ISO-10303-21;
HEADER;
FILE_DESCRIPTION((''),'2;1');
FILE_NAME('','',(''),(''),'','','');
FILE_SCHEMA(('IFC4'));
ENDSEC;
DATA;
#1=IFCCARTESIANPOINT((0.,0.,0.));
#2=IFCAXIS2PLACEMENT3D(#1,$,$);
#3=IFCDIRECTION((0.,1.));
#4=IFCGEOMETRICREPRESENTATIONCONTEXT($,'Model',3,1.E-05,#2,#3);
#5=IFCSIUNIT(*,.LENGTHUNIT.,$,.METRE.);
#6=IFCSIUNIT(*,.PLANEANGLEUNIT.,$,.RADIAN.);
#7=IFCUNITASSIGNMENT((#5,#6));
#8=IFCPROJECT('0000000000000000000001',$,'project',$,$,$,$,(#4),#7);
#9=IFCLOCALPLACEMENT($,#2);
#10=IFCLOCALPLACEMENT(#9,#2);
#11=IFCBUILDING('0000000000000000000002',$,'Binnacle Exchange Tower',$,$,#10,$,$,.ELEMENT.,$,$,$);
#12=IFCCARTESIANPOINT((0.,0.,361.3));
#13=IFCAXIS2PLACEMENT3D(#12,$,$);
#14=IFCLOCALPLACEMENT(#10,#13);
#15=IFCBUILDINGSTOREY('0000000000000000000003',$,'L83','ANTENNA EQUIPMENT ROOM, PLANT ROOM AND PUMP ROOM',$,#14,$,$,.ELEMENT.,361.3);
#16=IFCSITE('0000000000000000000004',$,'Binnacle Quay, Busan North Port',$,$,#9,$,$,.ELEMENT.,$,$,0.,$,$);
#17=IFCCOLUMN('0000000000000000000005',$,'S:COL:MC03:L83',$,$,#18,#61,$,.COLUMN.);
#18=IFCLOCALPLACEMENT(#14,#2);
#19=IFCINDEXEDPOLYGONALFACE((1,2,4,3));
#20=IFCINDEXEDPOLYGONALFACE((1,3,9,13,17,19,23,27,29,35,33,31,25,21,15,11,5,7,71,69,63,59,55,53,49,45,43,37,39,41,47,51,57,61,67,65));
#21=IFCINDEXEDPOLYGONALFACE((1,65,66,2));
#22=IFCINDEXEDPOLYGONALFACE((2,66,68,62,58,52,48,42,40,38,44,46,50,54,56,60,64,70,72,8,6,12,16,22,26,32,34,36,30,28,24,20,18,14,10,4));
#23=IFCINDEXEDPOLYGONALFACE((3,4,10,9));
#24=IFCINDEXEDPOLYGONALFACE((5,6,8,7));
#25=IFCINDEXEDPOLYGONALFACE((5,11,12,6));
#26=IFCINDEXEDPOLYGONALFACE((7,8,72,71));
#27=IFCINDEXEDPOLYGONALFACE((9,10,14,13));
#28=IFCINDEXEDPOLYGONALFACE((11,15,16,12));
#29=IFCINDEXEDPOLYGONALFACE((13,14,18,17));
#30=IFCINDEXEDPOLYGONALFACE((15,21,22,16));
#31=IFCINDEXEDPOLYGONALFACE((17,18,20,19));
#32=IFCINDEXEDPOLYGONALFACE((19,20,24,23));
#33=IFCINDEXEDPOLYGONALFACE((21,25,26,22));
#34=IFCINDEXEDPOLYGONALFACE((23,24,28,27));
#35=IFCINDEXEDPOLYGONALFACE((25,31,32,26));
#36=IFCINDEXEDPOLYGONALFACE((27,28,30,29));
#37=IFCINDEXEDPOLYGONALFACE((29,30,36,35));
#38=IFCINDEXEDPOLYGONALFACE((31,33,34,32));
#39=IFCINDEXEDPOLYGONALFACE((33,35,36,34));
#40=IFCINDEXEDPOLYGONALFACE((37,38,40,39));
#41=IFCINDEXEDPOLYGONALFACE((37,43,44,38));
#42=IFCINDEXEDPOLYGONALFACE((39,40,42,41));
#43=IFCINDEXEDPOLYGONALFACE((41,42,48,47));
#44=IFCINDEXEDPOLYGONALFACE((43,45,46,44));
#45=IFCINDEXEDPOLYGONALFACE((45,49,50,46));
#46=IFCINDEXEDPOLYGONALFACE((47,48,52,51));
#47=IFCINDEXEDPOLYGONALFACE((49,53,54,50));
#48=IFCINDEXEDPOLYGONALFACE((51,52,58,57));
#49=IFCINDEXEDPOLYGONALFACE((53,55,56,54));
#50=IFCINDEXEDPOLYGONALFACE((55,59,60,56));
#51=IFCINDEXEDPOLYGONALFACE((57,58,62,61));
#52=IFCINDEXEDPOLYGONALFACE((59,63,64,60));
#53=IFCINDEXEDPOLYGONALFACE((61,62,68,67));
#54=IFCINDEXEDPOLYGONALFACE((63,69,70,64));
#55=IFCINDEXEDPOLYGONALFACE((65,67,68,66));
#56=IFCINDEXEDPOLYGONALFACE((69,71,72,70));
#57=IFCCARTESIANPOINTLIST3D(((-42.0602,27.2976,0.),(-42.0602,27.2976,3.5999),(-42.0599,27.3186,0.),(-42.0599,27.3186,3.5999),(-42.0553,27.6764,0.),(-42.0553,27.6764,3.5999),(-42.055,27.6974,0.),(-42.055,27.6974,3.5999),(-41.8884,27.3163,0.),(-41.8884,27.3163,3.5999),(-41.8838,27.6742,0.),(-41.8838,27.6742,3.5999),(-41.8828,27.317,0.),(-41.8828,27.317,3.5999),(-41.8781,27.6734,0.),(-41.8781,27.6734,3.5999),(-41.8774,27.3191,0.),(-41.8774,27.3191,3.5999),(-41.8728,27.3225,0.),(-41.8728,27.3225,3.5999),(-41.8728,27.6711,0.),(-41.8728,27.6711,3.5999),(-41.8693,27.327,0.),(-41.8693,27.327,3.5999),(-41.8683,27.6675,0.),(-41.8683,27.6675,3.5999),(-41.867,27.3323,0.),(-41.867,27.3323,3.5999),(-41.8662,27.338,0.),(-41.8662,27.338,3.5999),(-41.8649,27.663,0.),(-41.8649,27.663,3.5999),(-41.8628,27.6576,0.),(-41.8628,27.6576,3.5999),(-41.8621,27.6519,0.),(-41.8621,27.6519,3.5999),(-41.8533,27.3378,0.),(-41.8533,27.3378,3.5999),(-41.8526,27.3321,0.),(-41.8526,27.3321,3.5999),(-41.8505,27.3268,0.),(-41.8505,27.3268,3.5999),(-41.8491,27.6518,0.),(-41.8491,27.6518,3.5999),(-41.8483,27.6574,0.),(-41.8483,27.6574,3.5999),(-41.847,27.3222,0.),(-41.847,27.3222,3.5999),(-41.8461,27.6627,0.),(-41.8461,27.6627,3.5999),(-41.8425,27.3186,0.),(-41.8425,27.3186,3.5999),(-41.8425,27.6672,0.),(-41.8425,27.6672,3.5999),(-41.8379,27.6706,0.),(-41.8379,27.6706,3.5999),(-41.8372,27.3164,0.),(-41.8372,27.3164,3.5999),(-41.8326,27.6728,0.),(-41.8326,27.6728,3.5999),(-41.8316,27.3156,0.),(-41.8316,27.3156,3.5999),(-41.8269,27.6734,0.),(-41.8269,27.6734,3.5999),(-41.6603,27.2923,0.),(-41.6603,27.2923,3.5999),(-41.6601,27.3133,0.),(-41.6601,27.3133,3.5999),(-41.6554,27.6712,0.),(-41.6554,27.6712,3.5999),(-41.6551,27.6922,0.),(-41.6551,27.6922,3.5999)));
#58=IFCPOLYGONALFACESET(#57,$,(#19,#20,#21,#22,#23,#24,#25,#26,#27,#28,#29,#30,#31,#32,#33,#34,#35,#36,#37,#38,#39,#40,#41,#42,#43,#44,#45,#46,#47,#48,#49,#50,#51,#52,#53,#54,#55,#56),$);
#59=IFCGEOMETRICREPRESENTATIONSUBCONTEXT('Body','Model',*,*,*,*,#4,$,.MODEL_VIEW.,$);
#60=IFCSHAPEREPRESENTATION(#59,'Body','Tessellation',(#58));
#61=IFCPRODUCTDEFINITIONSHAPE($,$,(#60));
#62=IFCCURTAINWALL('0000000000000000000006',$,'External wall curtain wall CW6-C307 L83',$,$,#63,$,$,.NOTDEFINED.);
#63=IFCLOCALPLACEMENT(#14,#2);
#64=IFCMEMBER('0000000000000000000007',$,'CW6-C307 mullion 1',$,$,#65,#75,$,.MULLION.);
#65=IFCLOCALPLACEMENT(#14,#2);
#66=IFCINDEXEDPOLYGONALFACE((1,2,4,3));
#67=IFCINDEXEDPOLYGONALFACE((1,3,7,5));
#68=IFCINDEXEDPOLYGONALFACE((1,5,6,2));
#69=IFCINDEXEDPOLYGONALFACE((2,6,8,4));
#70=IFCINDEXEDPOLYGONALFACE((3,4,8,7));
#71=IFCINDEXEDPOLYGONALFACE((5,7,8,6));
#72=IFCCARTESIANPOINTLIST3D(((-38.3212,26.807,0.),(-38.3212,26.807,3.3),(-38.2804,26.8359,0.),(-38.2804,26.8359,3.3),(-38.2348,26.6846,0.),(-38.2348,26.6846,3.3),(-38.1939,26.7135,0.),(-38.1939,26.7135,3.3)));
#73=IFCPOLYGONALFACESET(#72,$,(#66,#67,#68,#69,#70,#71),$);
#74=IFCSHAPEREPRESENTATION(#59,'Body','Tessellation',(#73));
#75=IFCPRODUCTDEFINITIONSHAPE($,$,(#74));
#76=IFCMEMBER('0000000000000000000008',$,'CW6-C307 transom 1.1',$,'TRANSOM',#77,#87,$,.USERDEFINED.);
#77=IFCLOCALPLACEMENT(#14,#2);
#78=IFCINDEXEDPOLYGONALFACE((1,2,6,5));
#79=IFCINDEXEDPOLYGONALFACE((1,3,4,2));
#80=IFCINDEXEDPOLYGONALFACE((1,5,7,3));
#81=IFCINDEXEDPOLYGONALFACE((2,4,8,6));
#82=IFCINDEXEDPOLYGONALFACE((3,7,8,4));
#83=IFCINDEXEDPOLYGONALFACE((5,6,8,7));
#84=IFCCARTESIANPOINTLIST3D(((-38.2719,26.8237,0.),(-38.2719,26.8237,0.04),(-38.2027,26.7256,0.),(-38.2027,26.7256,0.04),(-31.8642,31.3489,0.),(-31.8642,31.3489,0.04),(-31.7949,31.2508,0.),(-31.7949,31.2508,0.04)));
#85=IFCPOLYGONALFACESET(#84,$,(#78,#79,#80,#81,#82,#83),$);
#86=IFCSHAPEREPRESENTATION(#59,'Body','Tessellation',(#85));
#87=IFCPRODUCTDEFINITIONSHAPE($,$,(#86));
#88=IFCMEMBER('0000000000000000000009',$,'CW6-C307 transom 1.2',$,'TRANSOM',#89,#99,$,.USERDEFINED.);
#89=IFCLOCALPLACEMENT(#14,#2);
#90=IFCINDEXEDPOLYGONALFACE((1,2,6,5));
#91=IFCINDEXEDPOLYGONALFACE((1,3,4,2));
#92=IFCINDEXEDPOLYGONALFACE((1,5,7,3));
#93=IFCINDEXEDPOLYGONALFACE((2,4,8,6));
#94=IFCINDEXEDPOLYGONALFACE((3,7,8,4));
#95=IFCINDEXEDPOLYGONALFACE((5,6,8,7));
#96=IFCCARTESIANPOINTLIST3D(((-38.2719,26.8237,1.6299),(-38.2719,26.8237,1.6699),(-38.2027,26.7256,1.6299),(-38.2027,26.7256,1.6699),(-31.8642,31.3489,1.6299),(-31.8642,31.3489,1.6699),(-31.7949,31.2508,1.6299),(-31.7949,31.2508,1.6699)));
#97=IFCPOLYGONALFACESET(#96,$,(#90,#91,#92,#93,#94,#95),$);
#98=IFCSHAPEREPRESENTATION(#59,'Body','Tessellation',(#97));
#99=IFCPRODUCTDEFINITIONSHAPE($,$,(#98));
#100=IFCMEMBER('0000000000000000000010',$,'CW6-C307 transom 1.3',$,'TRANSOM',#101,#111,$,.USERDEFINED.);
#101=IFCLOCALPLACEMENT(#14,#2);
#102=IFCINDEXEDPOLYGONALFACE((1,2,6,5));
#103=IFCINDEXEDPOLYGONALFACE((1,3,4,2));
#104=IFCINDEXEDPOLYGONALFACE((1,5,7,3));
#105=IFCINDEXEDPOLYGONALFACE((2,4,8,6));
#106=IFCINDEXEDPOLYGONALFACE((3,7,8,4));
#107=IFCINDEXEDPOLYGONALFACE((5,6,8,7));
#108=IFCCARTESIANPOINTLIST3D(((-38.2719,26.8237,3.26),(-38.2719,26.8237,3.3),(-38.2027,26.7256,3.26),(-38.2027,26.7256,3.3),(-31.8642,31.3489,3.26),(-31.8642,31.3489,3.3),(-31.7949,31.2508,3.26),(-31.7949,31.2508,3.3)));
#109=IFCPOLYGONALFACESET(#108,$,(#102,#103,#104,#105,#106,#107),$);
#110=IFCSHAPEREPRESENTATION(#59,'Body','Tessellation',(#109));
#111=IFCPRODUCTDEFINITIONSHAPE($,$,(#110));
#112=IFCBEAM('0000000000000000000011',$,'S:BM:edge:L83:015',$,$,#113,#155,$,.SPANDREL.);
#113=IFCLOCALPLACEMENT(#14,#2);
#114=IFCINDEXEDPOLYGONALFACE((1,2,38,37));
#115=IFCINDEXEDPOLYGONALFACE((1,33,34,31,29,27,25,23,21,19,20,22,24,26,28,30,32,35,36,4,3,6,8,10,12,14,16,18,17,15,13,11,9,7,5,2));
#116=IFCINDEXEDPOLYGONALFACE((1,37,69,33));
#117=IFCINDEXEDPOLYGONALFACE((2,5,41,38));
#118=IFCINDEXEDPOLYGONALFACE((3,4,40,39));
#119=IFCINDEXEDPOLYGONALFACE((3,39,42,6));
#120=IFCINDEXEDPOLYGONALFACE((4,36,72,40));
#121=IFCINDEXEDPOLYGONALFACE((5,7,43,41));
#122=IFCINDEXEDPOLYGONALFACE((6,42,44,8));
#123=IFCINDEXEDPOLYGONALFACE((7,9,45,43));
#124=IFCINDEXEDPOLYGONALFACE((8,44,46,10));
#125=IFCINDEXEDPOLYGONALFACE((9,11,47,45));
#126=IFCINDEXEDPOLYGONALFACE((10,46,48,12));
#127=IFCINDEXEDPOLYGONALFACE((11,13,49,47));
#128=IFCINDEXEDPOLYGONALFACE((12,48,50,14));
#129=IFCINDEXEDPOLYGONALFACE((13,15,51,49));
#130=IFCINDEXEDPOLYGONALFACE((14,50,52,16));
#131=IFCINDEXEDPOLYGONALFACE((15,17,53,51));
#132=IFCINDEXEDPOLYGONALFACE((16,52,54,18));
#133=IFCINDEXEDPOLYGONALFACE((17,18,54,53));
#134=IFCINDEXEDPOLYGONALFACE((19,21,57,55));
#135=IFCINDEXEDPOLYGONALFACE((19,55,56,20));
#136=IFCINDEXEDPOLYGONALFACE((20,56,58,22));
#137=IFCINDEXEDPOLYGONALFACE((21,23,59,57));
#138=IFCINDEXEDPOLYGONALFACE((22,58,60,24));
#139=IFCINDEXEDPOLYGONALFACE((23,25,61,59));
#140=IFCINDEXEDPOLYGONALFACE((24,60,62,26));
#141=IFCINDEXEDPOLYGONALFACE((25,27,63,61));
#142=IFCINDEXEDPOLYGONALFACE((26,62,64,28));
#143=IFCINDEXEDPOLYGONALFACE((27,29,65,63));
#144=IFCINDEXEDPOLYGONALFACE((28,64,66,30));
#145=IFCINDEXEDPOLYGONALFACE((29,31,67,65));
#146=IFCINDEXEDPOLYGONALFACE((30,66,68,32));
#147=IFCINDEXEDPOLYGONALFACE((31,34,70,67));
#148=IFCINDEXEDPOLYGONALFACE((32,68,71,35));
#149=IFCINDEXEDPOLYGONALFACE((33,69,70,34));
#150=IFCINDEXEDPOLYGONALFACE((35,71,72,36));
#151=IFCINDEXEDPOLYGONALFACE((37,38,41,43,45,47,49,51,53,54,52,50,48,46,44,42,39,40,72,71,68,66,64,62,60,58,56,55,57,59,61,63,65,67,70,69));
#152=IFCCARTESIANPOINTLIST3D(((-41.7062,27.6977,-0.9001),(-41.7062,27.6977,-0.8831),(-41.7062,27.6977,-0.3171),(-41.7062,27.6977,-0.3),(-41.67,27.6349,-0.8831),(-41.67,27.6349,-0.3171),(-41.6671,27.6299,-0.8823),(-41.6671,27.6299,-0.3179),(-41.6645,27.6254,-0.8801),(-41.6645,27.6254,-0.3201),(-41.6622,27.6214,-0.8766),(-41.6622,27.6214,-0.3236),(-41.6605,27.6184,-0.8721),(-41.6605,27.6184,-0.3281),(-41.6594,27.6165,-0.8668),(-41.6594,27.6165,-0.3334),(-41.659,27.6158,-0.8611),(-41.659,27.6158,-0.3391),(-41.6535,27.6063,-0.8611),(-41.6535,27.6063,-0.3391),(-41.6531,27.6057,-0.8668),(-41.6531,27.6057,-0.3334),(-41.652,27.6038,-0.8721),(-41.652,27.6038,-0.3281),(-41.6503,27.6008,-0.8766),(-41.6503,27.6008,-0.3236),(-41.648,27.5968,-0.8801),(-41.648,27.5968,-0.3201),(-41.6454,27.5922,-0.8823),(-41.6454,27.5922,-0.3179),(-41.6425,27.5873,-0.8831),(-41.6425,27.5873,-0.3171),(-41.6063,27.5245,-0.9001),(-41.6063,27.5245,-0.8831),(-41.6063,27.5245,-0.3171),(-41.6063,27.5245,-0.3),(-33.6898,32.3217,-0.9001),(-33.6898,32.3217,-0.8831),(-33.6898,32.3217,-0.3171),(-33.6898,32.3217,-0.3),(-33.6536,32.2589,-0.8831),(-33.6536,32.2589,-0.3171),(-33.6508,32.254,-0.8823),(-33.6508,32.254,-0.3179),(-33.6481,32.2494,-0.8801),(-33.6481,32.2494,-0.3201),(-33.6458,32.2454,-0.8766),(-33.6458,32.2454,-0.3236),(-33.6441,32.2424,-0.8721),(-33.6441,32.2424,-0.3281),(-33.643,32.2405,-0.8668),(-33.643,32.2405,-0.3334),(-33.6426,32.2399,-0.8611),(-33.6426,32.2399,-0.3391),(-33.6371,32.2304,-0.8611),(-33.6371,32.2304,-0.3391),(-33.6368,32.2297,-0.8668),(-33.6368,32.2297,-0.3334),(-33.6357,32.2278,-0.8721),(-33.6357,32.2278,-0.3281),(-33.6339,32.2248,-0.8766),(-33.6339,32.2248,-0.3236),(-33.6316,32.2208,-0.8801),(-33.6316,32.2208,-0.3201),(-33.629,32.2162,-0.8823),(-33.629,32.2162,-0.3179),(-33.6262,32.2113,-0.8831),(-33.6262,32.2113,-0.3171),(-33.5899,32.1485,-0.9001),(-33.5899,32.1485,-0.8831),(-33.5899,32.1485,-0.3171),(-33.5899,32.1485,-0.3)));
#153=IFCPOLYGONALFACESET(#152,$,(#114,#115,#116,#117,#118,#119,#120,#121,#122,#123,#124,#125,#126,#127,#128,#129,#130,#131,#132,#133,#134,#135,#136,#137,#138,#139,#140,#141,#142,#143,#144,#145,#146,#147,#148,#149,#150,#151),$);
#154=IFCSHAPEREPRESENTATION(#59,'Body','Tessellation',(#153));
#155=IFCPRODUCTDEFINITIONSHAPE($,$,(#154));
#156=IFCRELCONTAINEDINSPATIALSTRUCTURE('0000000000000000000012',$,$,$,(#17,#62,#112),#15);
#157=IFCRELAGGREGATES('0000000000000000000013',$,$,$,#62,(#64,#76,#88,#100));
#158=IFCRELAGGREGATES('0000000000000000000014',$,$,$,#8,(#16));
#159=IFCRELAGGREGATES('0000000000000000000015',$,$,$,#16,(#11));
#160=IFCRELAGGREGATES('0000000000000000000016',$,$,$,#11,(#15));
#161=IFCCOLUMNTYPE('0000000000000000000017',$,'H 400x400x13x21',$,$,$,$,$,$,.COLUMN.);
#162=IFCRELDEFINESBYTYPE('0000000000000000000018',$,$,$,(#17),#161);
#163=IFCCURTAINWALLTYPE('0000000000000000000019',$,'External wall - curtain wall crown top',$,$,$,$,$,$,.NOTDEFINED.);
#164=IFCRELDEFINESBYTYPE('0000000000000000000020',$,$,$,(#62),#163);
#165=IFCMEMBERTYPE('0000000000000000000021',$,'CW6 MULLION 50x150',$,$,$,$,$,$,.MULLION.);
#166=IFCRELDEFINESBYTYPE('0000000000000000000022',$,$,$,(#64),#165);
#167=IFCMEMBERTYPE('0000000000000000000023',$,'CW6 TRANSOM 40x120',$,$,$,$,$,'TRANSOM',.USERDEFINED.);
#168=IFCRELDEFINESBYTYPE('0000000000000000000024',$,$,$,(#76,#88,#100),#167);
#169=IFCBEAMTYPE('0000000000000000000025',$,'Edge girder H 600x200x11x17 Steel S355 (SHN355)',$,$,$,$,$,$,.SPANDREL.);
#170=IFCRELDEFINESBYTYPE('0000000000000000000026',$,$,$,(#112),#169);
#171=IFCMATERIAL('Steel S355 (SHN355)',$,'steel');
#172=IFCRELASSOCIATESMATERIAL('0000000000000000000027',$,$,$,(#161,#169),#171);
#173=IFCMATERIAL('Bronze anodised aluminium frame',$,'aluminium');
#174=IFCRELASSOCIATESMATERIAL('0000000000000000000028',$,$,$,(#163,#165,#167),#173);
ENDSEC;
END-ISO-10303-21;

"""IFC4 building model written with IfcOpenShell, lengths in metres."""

from ifc_helpers import new_model, si_unit, direction, frame, origin, origin_2d, place, context, subcontext, project, spatial, rectangle, i_section, extrude, material, material_profile, profile_set, type_object, element, aggregate, save


model = new_model("IFC4")

# Units and contexts
model_context = context("Model", 3, precision=1e-05, world=origin(), true_north=direction((0.0, 1.0)))
body_context = subcontext(model_context, "Body", "Model", "MODEL_VIEW")
ifc_project = project(units=[si_unit("LENGTHUNIT", "METRE"), si_unit("PLANEANGLEUNIT", "RADIAN")], contexts=[model_context])

# Site, building, storey
site_placement = place(None, origin())
site = spatial("IfcSite", under=ifc_project, at=site_placement, Name="Binnacle Quay, Busan North Port", CompositionType="ELEMENT", RefElevation=0.0)
building_placement = place(site_placement, origin())
building = spatial("IfcBuilding", under=site, at=building_placement, Name="Binnacle Exchange Tower", CompositionType="ELEMENT")
storey_placement = place(building_placement, frame((0.0, 0.0, 361.3)))
storey = spatial("IfcBuildingStorey", under=building, at=storey_placement, Name="L83", Description="ANTENNA EQUIPMENT ROOM, PLANT ROOM AND PUMP ROOM", CompositionType="ELEMENT", Elevation=361.3)

# Column
ifc_material_1 = material(Name="Steel S355 (SHN355)", Category="steel")
ifc_material_profile_1 = material_profile(ifc_material_1, i_section(OverallWidth=0.3999, OverallDepth=0.3999, WebThickness=0.0129, FlangeThickness=0.021, FilletRadius=0.022, at=origin_2d()), Name="H 400x400x13x21")
ifc_profile_set_1 = profile_set([ifc_material_profile_1], Name="Steel S355 (SHN355)")
column_type = type_object("IfcColumnType", Name="H 400x400x13x21", PredefinedType="COLUMN", material=ifc_profile_set_1)
column_placement = place(storey_placement, frame((-41.8577, 27.4949, 0.0), z_axis=(0.0, 0.0, 1.0), x_axis=(0.999914, -0.01309, 0.0)))
element("IfcColumn", 1, at=column_placement, inside=storey, type_object=column_type, Name="S:COL:MC03:L83", PredefinedType="COLUMN", context=body_context, shape_type="SweptSolid", body=[
    extrude(i_section(OverallWidth=0.3999, OverallDepth=0.3999, WebThickness=0.0129, FlangeThickness=0.021, FilletRadius=0.022, at=origin_2d()), origin(), (0.0, 0.0, 1.0), 3.5999),
])

# Curtain wall, members
ifc_material_2 = material(Name="Bronze anodised aluminium frame", Category="aluminium")
curtain_wall_type = type_object("IfcCurtainWallType", Name="External wall - curtain wall crown top", PredefinedType="NOTDEFINED", material=ifc_material_2)
curtain_wall_placement = place(storey_placement, origin())
curtain_wall = element("IfcCurtainWall", 2, at=curtain_wall_placement, inside=storey, type_object=curtain_wall_type, Name="External wall curtain wall CW6-C307 L83", PredefinedType="NOTDEFINED")
ifc_material_profile_2 = material_profile(ifc_material_2, rectangle(XDim=0.1499, YDim=0.05, at=origin_2d()), Name="AL 50x150")
ifc_profile_set_2 = profile_set([ifc_material_profile_2], Name="Bronze anodised aluminium frame")
member_type_1 = type_object("IfcMemberType", Name="CW6 MULLION 50x150", PredefinedType="MULLION", material=ifc_profile_set_2)
member_1_placement = place(storey_placement, frame((-38.2576, 26.7603, 0.0), z_axis=(0.0, 0.0, 1.0), x_axis=(-0.576854, 0.816847, 0.0)))
member_1 = element("IfcMember", 3, at=member_1_placement, type_object=member_type_1, Name="CW6-C307 mullion 1", PredefinedType="MULLION", context=body_context, shape_type="SweptSolid", body=[
    extrude(rectangle(XDim=0.1499, YDim=0.05, at=origin_2d()), origin(), (0.0, 0.0, 1.0), 3.3),
])
ifc_material_profile_3 = material_profile(ifc_material_2, rectangle(XDim=0.1201, YDim=0.04, at=origin_2d()), Name="AL 120x40")
ifc_profile_set_3 = profile_set([ifc_material_profile_3], Name="Bronze anodised aluminium frame")
member_type_2 = type_object("IfcMemberType", Name="CW6 TRANSOM 40x120", ElementType="TRANSOM", PredefinedType="USERDEFINED", material=ifc_profile_set_3)
member_2_placement = place(storey_placement, frame((-38.2373, 26.7747, 0.02), z_axis=(0.816845, 0.576858, 0.0), x_axis=(-0.576858, 0.816845, 0.0)))
member_2 = element("IfcMember", 4, at=member_2_placement, type_object=member_type_2, Name="CW6-C307 transom 1.1", ObjectType="TRANSOM", PredefinedType="USERDEFINED", context=body_context, shape_type="SweptSolid", body=[
    extrude(rectangle(XDim=0.1201, YDim=0.04, at=origin_2d()), origin(), (0.0, 0.0, 1.0), 7.8445),
])
member_3_placement = place(storey_placement, frame((-38.2373, 26.7747, 1.6499), z_axis=(0.816845, 0.576858, 0.0), x_axis=(-0.576858, 0.816845, 0.0)))
member_3 = element("IfcMember", 5, at=member_3_placement, type_object=member_type_2, Name="CW6-C307 transom 1.2", ObjectType="TRANSOM", PredefinedType="USERDEFINED", context=body_context, shape_type="SweptSolid", body=[
    extrude(rectangle(XDim=0.1201, YDim=0.04, at=origin_2d()), origin(), (0.0, 0.0, 1.0), 7.8445),
])
member_4_placement = place(storey_placement, frame((-38.2373, 26.7747, 3.28), z_axis=(0.816845, 0.576858, 0.0), x_axis=(-0.576858, 0.816845, 0.0)))
member_4 = element("IfcMember", 6, at=member_4_placement, type_object=member_type_2, Name="CW6-C307 transom 1.3", ObjectType="TRANSOM", PredefinedType="USERDEFINED", context=body_context, shape_type="SweptSolid", body=[
    extrude(rectangle(XDim=0.1201, YDim=0.04, at=origin_2d()), origin(), (0.0, 0.0, 1.0), 7.8445),
])
aggregate(curtain_wall, [member_1, member_2, member_3, member_4])

# Beam
ifc_material_profile_4 = material_profile(ifc_material_1, i_section(OverallWidth=0.2, OverallDepth=0.6001, WebThickness=0.011, FlangeThickness=0.0171, FilletRadius=0.022, at=origin_2d()), Name="H 600x200x11x17")
ifc_profile_set_4 = profile_set([ifc_material_profile_4], Name="Steel S355 (SHN355)")
beam_type_1 = type_object("IfcBeamType", Name="Edge girder H 600x200x11x17 Steel S355 (SHN355)", PredefinedType="SPANDREL", material=ifc_profile_set_4)
beam_1_placement = place(storey_placement, frame((-41.6562, 27.6111, -0.6001), z_axis=(0.866223, 0.499658, 0.0), x_axis=(-0.499658, 0.866223, 0.0)))
element("IfcBeam", 7, at=beam_1_placement, inside=storey, type_object=beam_type_1, Name="S:BM:edge:L83:015", PredefinedType="SPANDREL", context=body_context, shape_type="SweptSolid", body=[
    extrude(i_section(OverallWidth=0.2, OverallDepth=0.6001, WebThickness=0.011, FlangeThickness=0.0171, FilletRadius=0.022, at=origin_2d()), origin(), (0.0, 0.0, 1.0), 9.2544),
])

save(model, "model.ifc")
